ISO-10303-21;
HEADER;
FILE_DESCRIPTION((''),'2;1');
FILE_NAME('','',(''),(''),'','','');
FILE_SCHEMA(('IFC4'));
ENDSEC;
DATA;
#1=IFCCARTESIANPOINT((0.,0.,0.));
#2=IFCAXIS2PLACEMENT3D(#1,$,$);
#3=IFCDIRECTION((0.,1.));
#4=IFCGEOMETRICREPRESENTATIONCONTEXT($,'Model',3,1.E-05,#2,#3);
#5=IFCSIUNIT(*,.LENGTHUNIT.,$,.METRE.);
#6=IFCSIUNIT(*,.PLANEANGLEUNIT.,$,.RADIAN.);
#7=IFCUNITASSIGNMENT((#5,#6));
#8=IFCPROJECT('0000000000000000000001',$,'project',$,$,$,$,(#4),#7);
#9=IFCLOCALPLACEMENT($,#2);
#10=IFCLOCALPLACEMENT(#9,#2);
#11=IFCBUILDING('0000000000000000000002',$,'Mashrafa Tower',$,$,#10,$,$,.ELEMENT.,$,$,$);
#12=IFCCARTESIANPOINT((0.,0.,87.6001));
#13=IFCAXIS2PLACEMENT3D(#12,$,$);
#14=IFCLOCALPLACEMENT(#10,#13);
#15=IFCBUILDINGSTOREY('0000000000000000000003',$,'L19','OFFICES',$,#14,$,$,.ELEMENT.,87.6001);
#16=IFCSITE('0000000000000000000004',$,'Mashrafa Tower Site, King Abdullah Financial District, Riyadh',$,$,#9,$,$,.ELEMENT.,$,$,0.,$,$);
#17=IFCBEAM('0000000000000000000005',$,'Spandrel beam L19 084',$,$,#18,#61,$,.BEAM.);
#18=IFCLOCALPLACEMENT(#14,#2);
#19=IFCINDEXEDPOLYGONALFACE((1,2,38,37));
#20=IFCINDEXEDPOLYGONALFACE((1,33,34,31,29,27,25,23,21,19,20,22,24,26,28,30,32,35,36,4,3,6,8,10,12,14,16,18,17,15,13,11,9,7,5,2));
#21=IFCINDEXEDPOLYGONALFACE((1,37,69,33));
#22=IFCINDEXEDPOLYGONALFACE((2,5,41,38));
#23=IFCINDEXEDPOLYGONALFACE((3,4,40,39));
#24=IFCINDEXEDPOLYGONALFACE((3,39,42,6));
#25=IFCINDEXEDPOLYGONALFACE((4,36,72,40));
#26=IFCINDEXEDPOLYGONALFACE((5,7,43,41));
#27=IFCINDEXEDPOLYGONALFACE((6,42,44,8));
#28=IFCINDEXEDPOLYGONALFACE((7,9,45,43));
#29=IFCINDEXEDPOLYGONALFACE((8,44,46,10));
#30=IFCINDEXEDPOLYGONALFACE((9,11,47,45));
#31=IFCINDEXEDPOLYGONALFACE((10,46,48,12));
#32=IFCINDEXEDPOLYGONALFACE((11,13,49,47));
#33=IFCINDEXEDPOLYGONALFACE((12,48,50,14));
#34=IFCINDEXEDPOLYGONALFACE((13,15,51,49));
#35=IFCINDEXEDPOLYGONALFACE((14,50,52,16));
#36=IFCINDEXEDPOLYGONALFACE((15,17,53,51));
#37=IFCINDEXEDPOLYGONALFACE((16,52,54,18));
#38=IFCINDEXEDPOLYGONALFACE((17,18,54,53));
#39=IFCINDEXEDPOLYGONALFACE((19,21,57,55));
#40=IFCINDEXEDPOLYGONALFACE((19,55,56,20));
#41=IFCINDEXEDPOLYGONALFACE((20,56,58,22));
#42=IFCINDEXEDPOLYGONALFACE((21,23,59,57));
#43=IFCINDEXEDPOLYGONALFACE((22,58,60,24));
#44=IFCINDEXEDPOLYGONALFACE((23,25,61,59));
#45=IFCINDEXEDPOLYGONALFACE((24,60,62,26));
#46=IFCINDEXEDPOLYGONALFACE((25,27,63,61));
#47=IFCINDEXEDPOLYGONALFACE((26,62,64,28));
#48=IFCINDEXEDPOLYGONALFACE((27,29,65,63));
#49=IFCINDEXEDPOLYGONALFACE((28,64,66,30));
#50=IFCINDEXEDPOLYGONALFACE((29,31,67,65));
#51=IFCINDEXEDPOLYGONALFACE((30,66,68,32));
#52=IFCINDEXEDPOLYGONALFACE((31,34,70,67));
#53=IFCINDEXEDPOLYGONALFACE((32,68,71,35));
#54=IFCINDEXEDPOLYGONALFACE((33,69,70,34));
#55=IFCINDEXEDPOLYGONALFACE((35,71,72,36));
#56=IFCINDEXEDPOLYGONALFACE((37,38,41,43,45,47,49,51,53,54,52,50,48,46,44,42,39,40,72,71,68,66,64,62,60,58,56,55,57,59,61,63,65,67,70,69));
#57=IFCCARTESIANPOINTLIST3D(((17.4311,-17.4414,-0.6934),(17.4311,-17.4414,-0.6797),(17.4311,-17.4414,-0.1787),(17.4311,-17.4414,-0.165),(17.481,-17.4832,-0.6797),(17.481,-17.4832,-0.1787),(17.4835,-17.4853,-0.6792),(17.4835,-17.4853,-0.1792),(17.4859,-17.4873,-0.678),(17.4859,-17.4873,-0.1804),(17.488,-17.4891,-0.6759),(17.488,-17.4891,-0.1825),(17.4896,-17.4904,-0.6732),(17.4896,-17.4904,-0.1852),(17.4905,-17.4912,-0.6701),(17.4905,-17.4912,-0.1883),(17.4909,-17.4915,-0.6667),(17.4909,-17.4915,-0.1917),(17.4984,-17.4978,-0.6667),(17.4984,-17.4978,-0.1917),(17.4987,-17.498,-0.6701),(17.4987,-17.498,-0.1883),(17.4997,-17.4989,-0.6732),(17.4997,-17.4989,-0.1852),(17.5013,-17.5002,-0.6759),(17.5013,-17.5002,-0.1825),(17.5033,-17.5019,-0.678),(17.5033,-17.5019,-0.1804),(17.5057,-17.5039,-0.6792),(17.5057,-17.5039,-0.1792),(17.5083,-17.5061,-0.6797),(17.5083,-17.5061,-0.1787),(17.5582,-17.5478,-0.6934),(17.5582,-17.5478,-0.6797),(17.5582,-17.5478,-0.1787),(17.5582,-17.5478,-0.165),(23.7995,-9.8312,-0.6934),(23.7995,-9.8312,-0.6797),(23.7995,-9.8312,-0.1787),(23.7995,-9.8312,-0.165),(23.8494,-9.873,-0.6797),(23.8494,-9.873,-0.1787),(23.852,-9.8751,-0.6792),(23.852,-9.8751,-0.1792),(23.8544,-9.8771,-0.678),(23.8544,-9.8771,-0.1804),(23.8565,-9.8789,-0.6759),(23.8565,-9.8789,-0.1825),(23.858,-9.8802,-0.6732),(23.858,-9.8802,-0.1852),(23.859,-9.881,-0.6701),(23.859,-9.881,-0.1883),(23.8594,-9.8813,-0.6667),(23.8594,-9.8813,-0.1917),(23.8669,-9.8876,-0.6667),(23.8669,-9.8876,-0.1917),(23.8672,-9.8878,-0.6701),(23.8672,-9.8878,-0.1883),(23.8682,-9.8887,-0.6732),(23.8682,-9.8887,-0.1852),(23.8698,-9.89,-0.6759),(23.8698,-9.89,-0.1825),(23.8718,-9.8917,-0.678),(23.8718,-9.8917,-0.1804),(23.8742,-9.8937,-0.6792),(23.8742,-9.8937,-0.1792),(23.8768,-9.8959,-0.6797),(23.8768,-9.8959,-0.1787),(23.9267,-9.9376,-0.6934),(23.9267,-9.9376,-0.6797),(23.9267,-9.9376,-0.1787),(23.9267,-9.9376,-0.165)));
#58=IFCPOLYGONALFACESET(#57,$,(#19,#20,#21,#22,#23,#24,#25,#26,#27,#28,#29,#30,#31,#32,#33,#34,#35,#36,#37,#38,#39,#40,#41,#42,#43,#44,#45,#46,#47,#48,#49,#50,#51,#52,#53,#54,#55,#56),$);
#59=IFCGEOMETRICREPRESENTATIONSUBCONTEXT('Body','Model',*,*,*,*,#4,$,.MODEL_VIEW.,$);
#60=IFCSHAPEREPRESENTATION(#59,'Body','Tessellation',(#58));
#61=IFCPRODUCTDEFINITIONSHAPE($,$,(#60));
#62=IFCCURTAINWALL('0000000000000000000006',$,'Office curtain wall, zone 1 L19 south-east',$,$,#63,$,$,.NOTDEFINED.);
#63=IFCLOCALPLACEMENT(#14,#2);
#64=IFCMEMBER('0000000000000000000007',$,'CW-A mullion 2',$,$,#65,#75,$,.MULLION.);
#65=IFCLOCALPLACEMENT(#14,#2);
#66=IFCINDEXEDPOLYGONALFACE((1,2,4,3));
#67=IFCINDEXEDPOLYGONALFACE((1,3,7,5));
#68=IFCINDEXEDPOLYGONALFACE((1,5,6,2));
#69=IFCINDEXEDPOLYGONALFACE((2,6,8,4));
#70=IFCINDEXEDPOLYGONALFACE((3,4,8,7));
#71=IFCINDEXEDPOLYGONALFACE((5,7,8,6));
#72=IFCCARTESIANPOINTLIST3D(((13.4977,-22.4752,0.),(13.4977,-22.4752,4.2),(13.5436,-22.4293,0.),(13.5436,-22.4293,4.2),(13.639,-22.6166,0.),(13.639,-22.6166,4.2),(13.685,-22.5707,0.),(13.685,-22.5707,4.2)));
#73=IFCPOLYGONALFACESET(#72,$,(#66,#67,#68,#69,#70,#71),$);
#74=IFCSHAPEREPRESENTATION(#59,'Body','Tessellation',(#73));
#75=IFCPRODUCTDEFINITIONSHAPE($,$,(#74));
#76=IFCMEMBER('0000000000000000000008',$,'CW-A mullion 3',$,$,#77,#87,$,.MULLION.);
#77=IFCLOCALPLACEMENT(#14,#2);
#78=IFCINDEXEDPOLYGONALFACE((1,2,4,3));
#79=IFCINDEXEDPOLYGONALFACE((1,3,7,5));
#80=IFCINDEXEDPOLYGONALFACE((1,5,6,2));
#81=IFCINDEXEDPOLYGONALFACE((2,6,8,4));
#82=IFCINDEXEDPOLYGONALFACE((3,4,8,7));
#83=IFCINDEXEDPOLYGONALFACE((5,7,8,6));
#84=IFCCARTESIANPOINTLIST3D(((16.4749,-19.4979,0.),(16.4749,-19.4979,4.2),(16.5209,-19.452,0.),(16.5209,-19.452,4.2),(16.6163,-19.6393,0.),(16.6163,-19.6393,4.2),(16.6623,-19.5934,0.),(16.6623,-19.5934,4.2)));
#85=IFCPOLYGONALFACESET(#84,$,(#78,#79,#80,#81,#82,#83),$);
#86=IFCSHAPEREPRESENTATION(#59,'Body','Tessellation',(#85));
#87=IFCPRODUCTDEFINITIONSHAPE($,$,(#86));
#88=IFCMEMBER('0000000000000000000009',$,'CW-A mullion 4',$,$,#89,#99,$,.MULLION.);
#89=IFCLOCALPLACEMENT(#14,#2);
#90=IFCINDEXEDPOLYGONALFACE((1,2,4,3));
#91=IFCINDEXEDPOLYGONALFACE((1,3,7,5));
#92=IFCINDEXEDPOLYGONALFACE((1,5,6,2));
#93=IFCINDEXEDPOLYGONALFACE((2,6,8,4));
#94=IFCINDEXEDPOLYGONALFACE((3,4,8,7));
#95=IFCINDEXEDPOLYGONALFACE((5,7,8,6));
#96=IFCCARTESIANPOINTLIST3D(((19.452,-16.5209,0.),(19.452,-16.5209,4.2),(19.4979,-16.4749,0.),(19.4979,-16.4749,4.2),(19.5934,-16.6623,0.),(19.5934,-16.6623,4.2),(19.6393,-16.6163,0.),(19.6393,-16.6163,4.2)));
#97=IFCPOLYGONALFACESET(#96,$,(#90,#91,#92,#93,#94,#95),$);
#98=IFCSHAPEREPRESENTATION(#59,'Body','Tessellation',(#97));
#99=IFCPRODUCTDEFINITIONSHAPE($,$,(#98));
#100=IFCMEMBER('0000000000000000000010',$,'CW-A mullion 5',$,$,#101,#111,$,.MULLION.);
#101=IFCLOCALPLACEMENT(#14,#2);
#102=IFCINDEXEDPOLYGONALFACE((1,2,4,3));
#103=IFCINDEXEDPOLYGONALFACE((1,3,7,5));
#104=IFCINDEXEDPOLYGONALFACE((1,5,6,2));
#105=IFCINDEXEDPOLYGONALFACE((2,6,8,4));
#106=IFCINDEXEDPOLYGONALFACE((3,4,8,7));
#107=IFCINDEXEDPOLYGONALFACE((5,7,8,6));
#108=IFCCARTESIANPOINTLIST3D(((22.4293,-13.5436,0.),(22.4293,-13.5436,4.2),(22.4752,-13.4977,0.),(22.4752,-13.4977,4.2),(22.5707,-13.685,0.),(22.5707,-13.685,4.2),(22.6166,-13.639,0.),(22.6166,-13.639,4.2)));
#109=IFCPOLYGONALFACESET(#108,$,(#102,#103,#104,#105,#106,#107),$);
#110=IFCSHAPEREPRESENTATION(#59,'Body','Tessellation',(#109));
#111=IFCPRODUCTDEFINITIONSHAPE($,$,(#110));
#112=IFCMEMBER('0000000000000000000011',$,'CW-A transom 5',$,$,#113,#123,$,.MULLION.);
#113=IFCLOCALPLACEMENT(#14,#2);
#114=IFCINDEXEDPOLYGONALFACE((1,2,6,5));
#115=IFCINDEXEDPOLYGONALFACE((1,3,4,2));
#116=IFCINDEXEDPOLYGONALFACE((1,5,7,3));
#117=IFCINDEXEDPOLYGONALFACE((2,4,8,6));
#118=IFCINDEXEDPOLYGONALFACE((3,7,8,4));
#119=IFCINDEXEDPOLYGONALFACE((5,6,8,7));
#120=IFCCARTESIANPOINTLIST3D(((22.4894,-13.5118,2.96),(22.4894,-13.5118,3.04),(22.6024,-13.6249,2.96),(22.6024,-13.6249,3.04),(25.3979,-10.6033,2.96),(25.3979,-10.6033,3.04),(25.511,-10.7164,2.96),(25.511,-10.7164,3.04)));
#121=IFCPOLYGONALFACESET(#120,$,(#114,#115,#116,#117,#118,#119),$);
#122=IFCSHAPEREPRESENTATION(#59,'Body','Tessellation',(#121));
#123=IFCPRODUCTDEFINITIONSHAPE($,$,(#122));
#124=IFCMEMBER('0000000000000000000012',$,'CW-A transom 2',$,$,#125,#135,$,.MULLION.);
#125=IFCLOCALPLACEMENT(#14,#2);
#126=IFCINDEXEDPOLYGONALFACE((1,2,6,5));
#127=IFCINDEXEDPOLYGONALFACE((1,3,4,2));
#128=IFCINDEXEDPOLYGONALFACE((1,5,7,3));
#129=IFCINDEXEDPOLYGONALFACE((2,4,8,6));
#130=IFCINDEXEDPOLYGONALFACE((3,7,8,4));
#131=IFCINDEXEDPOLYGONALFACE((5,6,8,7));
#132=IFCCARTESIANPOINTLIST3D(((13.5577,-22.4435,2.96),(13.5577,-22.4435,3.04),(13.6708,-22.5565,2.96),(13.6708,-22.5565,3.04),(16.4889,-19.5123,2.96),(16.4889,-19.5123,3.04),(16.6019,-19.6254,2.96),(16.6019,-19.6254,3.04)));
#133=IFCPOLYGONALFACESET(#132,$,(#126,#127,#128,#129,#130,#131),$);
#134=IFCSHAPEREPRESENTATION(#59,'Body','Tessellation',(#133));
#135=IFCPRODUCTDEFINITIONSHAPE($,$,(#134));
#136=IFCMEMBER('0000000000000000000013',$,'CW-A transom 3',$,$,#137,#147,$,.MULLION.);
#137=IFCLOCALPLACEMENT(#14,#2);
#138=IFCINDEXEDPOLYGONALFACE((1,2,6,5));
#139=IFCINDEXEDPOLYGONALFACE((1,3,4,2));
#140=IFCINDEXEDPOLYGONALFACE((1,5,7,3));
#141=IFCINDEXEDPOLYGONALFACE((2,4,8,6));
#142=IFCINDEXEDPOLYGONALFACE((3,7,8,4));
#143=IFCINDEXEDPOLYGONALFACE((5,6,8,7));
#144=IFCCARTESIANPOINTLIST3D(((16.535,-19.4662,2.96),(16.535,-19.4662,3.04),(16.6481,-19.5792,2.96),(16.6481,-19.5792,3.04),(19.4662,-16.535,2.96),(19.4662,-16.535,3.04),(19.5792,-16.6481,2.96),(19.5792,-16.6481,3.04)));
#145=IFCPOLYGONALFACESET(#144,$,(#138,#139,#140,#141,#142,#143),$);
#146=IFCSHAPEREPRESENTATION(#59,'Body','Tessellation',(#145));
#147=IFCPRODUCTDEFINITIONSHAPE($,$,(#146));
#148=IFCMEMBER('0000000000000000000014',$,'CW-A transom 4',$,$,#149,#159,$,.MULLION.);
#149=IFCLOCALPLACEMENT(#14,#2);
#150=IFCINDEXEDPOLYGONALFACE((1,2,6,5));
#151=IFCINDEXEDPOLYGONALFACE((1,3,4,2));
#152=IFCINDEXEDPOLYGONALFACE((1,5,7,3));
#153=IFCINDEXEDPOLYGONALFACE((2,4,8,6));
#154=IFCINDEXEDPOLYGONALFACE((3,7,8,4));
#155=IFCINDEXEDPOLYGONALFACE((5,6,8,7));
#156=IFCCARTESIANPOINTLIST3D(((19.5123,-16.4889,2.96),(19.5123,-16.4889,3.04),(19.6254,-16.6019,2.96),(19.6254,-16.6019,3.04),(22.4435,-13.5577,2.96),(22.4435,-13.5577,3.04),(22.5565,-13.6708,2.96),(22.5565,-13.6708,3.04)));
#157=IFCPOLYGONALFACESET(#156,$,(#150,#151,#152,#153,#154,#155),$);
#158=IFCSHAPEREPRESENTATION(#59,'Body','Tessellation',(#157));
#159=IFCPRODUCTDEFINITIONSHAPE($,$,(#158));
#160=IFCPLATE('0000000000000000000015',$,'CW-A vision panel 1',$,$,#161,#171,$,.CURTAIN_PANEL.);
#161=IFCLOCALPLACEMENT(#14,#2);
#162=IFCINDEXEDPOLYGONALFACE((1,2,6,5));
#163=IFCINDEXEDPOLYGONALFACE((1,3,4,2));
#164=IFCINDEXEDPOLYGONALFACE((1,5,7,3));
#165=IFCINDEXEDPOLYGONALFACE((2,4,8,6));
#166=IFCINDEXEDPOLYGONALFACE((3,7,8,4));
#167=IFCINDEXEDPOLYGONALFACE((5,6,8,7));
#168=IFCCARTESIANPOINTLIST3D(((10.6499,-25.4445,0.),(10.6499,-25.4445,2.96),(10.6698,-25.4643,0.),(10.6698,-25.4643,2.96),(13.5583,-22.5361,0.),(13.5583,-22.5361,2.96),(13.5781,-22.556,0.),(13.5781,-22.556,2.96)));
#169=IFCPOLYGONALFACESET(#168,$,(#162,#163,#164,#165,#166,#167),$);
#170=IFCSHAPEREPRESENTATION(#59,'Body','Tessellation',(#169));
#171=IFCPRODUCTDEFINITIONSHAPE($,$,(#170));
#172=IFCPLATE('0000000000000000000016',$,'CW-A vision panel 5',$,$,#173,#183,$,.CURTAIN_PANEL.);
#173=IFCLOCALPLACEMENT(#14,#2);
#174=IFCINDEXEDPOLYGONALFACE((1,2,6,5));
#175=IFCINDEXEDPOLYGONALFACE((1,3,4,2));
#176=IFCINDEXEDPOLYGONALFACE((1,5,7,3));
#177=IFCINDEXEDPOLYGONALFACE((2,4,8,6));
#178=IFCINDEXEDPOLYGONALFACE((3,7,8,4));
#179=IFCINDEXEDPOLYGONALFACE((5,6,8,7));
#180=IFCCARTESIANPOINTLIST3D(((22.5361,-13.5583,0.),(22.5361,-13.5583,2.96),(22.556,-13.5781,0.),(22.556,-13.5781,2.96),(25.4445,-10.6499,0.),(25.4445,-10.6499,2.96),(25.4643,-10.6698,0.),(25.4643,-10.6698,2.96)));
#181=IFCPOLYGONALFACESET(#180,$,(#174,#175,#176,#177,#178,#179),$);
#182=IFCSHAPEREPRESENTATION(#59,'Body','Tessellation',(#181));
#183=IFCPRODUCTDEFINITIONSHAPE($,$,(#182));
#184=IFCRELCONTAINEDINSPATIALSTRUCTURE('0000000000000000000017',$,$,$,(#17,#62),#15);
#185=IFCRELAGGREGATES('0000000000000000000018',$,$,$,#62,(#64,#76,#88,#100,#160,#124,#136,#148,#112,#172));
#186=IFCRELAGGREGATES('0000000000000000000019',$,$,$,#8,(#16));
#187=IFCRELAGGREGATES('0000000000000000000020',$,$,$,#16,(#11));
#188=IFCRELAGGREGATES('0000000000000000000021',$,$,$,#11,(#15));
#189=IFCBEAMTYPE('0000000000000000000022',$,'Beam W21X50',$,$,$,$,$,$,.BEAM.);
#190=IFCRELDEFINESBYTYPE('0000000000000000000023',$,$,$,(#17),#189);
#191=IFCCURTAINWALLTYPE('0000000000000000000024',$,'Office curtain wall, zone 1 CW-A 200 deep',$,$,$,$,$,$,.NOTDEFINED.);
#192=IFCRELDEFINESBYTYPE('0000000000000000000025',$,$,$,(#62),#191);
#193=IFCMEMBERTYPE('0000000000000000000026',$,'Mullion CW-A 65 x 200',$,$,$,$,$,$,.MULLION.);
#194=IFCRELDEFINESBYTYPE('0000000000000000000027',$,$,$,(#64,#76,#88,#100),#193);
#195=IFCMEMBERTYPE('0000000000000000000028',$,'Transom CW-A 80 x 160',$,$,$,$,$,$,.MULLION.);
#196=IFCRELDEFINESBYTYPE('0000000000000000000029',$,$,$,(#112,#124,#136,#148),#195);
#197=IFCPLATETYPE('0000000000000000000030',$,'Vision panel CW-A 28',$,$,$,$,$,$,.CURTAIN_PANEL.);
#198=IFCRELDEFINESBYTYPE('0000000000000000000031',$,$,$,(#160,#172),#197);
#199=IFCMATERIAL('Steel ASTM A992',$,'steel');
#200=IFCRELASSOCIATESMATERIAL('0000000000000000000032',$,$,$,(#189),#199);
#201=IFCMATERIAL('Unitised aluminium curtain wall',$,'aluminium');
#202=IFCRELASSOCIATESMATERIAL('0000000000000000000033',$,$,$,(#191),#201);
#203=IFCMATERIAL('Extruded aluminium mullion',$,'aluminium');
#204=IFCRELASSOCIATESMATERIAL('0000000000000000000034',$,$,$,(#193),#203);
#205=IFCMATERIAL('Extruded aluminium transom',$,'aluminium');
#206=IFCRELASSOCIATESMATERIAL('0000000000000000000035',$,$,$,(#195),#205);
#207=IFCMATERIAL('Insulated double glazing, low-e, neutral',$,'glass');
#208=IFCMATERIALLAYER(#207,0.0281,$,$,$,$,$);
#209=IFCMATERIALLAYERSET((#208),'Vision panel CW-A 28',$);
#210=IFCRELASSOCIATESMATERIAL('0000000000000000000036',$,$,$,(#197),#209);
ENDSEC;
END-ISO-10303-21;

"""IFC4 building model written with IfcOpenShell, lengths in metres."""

from ifc_helpers import new_model, si_unit, direction, frame, origin, origin_2d, place, context, subcontext, project, spatial, rectangle, i_section, extrude, source, transform, mapped, material, layer, layer_set, material_profile, profile_set, type_object, type_shapes, element, aggregate, save


model = new_model("IFC4")

# Units and contexts
model_context = context("Model", 3, precision=1e-05, world=origin(), true_north=direction((0.0, 1.0)))
body_context = subcontext(model_context, "Body", "Model", "MODEL_VIEW")
ifc_project = project(units=[si_unit("LENGTHUNIT", "METRE"), si_unit("PLANEANGLEUNIT", "RADIAN")], contexts=[model_context])

# Site, building, storey
site_placement = place(None, origin())
site = spatial("IfcSite", under=ifc_project, at=site_placement, Name="Mashrafa Tower Site, King Abdullah Financial District, Riyadh", CompositionType="ELEMENT", RefElevation=0.0)
building_placement = place(site_placement, origin())
building = spatial("IfcBuilding", under=site, at=building_placement, Name="Mashrafa Tower", CompositionType="ELEMENT")
storey_placement = place(building_placement, frame((0.0, 0.0, 87.6001)))
storey = spatial("IfcBuildingStorey", under=building, at=storey_placement, Name="L19", Description="OFFICES", CompositionType="ELEMENT", Elevation=87.6001)

# Beam
ifc_material_1 = material(Name="Steel ASTM A992", Category="steel")
ifc_material_profile_1 = material_profile(ifc_material_1, i_section(OverallWidth=0.1658, OverallDepth=0.5283, WebThickness=0.0098, FlangeThickness=0.0137, FilletRadius=0.0129, at=origin_2d()), Name="W21X50")
ifc_profile_set_1 = profile_set([ifc_material_profile_1], Name="Steel ASTM A992")
beam_type_1 = type_object("IfcBeamType", Name="Beam W21X50", PredefinedType="BEAM", material=ifc_profile_set_1)
beam_1_placement = place(storey_placement, frame((17.4946, -17.4946, -0.4292), z_axis=(0.641768, 0.766899, 0.0), x_axis=(-0.766899, 0.641768, 0.0)))
element("IfcBeam", 1, at=beam_1_placement, inside=storey, type_object=beam_type_1, Name="Spandrel beam L19 084", PredefinedType="BEAM", context=body_context, shape_type="SweptSolid", body=[
    extrude(i_section(OverallWidth=0.1658, OverallDepth=0.5283, WebThickness=0.0098, FlangeThickness=0.0137, FilletRadius=0.0129, at=origin_2d()), origin(), (0.0, 0.0, 1.0), 9.9233),
])

# Curtain wall, members, plates
ifc_material_2 = material(Name="Unitised aluminium curtain wall", Category="aluminium")
curtain_wall_type = type_object("IfcCurtainWallType", Name="Office curtain wall, zone 1 CW-A 200 deep", PredefinedType="NOTDEFINED", material=ifc_material_2)
curtain_wall_placement = place(storey_placement, origin())
curtain_wall = element("IfcCurtainWall", 2, at=curtain_wall_placement, inside=storey, type_object=curtain_wall_type, Name="Office curtain wall, zone 1 L19 south-east", PredefinedType="NOTDEFINED")
ifc_material_3 = material(Name="Extruded aluminium mullion", Category="aluminium")
ifc_material_profile_2 = material_profile(ifc_material_3, rectangle(XDim=0.2, YDim=0.0649, at=origin_2d()), Name="Mullion 65x200")
ifc_profile_set_2 = profile_set([ifc_material_profile_2], Name="Extruded aluminium mullion")
member_type_1 = type_object("IfcMemberType", Name="Mullion CW-A 65 x 200", PredefinedType="MULLION", material=ifc_profile_set_2)
shared_shape_1 = source(origin(), body_context, "Body", "SweptSolid", [
    extrude(rectangle(XDim=0.2, YDim=0.0649, at=origin_2d()), origin(), (0.0, 0.0, 1.0), 4.2),
])
type_shapes(member_type_1, [shared_shape_1])
member_1_placement = place(storey_placement, frame((13.5913, -22.5229, 0.0), z_axis=(0.0, 0.0, 1.0), x_axis=(-0.707107, 0.707107, 0.0)))
member_1 = element("IfcMember", 3, at=member_1_placement, type_object=member_type_1, Name="CW-A mullion 2", PredefinedType="MULLION", context=body_context, shape_type="MappedRepresentation", body=[
    mapped(shared_shape_1, transform((0.0, 0.0, 0.0))),
])
member_2_placement = place(storey_placement, frame((16.5686, -19.5457, 0.0), z_axis=(0.0, 0.0, 1.0), x_axis=(-0.707107, 0.707107, 0.0)))
member_2 = element("IfcMember", 4, at=member_2_placement, type_object=member_type_1, Name="CW-A mullion 3", PredefinedType="MULLION", context=body_context, shape_type="MappedRepresentation", body=[
    mapped(shared_shape_1, transform((0.0, 0.0, 0.0))),
])
member_3_placement = place(storey_placement, frame((19.5457, -16.5686, 0.0), z_axis=(0.0, 0.0, 1.0), x_axis=(-0.707107, 0.707107, 0.0)))
member_3 = element("IfcMember", 5, at=member_3_placement, type_object=member_type_1, Name="CW-A mullion 4", PredefinedType="MULLION", context=body_context, shape_type="MappedRepresentation", body=[
    mapped(shared_shape_1, transform((0.0, 0.0, 0.0))),
])
member_4_placement = place(storey_placement, frame((22.5229, -13.5913, 0.0), z_axis=(0.0, 0.0, 1.0), x_axis=(-0.707107, 0.707107, 0.0)))
member_4 = element("IfcMember", 6, at=member_4_placement, type_object=member_type_1, Name="CW-A mullion 5", PredefinedType="MULLION", context=body_context, shape_type="MappedRepresentation", body=[
    mapped(shared_shape_1, transform((0.0, 0.0, 0.0))),
])
ifc_material_4 = material(Name="Extruded aluminium transom", Category="aluminium")
ifc_material_profile_3 = material_profile(ifc_material_4, rectangle(XDim=0.1599, YDim=0.0801, at=origin_2d()), Name="Transom 80x160")
ifc_profile_set_3 = profile_set([ifc_material_profile_3], Name="Extruded aluminium transom")
member_type_2 = type_object("IfcMemberType", Name="Transom CW-A 80 x 160", PredefinedType="MULLION", material=ifc_profile_set_3)
shared_shape_2 = source(origin(), body_context, "Body", "SweptSolid", [
    extrude(rectangle(XDim=0.1599, YDim=0.0801, at=origin_2d()), origin(), (0.0, 0.0, 1.0), 4.1133),
])
member_5_placement = place(storey_placement, frame((22.5459, -13.5684, 3.0), z_axis=(0.707107, 0.707107, 0.0), x_axis=(-0.707107, 0.707107, 0.0)))
member_5 = element("IfcMember", 7, at=member_5_placement, type_object=member_type_2, Name="CW-A transom 5", PredefinedType="MULLION", context=body_context, shape_type="MappedRepresentation", body=[
    mapped(shared_shape_2, transform((0.0, 0.0, 0.0))),
])
shared_shape_3 = source(origin(), body_context, "Body", "SweptSolid", [
    extrude(rectangle(XDim=0.1599, YDim=0.0801, at=origin_2d()), origin(), (0.0, 0.0, 1.0), 4.1453),
])
type_shapes(member_type_2, [shared_shape_2, shared_shape_3])
member_6_placement = place(storey_placement, frame((13.6143, -22.5, 3.0), z_axis=(0.707107, 0.707107, 0.0), x_axis=(-0.707107, 0.707107, 0.0)))
member_6 = element("IfcMember", 8, at=member_6_placement, type_object=member_type_2, Name="CW-A transom 2", PredefinedType="MULLION", context=body_context, shape_type="MappedRepresentation", body=[
    mapped(shared_shape_3, transform((0.0, 0.0, 0.0))),
])
member_7_placement = place(storey_placement, frame((16.5916, -19.5227, 3.0), z_axis=(0.707107, 0.707107, 0.0), x_axis=(-0.707107, 0.707107, 0.0)))
member_7 = element("IfcMember", 9, at=member_7_placement, type_object=member_type_2, Name="CW-A transom 3", PredefinedType="MULLION", context=body_context, shape_type="MappedRepresentation", body=[
    mapped(shared_shape_3, transform((0.0, 0.0, 0.0))),
])
member_8_placement = place(storey_placement, frame((19.5688, -16.5454, 3.0), z_axis=(0.707107, 0.707107, 0.0), x_axis=(-0.707107, 0.707107, 0.0)))
member_8 = element("IfcMember", 10, at=member_8_placement, type_object=member_type_2, Name="CW-A transom 4", PredefinedType="MULLION", context=body_context, shape_type="MappedRepresentation", body=[
    mapped(shared_shape_3, transform((0.0, 0.0, 0.0))),
])
ifc_material_5 = material(Name="Insulated double glazing, low-e, neutral", Category="glass")
ifc_layer_1 = layer(ifc_material_5, 0.0281)
ifc_layer_set_1 = layer_set([ifc_layer_1], Name="Vision panel CW-A 28")
plate_type_1 = type_object("IfcPlateType", Name="Vision panel CW-A 28", PredefinedType="CURTAIN_PANEL", material=ifc_layer_set_1)
shared_shape_4 = source(origin(), body_context, "Body", "SweptSolid", [
    extrude(rectangle(XDim=4.113, YDim=0.0281, at=origin_2d()), origin(), (0.0, 0.0, 1.0), 2.96),
])
plate_1_placement = place(storey_placement, frame((12.114, -24.0002, 0.0), z_axis=(0.0, 0.0, 1.0), x_axis=(0.707107, 0.707107, 0.0)))
plate_1 = element("IfcPlate", 11, at=plate_1_placement, type_object=plate_type_1, Name="CW-A vision panel 1", PredefinedType="CURTAIN_PANEL", context=body_context, shape_type="MappedRepresentation", body=[
    mapped(shared_shape_4, transform((0.0, 0.0, 0.0))),
])
plate_2_placement = place(storey_placement, frame((24.0002, -12.114, 0.0), z_axis=(0.0, 0.0, 1.0), x_axis=(0.707107, 0.707107, 0.0)))
plate_2 = element("IfcPlate", 12, at=plate_2_placement, type_object=plate_type_1, Name="CW-A vision panel 5", PredefinedType="CURTAIN_PANEL", context=body_context, shape_type="MappedRepresentation", body=[
    mapped(shared_shape_4, transform((0.0, 0.0, 0.0))),
])
aggregate(curtain_wall, [member_1, member_2, member_3, member_4, plate_1, member_6, member_7, member_8, member_5, plate_2])

save(model, "model.ifc")
